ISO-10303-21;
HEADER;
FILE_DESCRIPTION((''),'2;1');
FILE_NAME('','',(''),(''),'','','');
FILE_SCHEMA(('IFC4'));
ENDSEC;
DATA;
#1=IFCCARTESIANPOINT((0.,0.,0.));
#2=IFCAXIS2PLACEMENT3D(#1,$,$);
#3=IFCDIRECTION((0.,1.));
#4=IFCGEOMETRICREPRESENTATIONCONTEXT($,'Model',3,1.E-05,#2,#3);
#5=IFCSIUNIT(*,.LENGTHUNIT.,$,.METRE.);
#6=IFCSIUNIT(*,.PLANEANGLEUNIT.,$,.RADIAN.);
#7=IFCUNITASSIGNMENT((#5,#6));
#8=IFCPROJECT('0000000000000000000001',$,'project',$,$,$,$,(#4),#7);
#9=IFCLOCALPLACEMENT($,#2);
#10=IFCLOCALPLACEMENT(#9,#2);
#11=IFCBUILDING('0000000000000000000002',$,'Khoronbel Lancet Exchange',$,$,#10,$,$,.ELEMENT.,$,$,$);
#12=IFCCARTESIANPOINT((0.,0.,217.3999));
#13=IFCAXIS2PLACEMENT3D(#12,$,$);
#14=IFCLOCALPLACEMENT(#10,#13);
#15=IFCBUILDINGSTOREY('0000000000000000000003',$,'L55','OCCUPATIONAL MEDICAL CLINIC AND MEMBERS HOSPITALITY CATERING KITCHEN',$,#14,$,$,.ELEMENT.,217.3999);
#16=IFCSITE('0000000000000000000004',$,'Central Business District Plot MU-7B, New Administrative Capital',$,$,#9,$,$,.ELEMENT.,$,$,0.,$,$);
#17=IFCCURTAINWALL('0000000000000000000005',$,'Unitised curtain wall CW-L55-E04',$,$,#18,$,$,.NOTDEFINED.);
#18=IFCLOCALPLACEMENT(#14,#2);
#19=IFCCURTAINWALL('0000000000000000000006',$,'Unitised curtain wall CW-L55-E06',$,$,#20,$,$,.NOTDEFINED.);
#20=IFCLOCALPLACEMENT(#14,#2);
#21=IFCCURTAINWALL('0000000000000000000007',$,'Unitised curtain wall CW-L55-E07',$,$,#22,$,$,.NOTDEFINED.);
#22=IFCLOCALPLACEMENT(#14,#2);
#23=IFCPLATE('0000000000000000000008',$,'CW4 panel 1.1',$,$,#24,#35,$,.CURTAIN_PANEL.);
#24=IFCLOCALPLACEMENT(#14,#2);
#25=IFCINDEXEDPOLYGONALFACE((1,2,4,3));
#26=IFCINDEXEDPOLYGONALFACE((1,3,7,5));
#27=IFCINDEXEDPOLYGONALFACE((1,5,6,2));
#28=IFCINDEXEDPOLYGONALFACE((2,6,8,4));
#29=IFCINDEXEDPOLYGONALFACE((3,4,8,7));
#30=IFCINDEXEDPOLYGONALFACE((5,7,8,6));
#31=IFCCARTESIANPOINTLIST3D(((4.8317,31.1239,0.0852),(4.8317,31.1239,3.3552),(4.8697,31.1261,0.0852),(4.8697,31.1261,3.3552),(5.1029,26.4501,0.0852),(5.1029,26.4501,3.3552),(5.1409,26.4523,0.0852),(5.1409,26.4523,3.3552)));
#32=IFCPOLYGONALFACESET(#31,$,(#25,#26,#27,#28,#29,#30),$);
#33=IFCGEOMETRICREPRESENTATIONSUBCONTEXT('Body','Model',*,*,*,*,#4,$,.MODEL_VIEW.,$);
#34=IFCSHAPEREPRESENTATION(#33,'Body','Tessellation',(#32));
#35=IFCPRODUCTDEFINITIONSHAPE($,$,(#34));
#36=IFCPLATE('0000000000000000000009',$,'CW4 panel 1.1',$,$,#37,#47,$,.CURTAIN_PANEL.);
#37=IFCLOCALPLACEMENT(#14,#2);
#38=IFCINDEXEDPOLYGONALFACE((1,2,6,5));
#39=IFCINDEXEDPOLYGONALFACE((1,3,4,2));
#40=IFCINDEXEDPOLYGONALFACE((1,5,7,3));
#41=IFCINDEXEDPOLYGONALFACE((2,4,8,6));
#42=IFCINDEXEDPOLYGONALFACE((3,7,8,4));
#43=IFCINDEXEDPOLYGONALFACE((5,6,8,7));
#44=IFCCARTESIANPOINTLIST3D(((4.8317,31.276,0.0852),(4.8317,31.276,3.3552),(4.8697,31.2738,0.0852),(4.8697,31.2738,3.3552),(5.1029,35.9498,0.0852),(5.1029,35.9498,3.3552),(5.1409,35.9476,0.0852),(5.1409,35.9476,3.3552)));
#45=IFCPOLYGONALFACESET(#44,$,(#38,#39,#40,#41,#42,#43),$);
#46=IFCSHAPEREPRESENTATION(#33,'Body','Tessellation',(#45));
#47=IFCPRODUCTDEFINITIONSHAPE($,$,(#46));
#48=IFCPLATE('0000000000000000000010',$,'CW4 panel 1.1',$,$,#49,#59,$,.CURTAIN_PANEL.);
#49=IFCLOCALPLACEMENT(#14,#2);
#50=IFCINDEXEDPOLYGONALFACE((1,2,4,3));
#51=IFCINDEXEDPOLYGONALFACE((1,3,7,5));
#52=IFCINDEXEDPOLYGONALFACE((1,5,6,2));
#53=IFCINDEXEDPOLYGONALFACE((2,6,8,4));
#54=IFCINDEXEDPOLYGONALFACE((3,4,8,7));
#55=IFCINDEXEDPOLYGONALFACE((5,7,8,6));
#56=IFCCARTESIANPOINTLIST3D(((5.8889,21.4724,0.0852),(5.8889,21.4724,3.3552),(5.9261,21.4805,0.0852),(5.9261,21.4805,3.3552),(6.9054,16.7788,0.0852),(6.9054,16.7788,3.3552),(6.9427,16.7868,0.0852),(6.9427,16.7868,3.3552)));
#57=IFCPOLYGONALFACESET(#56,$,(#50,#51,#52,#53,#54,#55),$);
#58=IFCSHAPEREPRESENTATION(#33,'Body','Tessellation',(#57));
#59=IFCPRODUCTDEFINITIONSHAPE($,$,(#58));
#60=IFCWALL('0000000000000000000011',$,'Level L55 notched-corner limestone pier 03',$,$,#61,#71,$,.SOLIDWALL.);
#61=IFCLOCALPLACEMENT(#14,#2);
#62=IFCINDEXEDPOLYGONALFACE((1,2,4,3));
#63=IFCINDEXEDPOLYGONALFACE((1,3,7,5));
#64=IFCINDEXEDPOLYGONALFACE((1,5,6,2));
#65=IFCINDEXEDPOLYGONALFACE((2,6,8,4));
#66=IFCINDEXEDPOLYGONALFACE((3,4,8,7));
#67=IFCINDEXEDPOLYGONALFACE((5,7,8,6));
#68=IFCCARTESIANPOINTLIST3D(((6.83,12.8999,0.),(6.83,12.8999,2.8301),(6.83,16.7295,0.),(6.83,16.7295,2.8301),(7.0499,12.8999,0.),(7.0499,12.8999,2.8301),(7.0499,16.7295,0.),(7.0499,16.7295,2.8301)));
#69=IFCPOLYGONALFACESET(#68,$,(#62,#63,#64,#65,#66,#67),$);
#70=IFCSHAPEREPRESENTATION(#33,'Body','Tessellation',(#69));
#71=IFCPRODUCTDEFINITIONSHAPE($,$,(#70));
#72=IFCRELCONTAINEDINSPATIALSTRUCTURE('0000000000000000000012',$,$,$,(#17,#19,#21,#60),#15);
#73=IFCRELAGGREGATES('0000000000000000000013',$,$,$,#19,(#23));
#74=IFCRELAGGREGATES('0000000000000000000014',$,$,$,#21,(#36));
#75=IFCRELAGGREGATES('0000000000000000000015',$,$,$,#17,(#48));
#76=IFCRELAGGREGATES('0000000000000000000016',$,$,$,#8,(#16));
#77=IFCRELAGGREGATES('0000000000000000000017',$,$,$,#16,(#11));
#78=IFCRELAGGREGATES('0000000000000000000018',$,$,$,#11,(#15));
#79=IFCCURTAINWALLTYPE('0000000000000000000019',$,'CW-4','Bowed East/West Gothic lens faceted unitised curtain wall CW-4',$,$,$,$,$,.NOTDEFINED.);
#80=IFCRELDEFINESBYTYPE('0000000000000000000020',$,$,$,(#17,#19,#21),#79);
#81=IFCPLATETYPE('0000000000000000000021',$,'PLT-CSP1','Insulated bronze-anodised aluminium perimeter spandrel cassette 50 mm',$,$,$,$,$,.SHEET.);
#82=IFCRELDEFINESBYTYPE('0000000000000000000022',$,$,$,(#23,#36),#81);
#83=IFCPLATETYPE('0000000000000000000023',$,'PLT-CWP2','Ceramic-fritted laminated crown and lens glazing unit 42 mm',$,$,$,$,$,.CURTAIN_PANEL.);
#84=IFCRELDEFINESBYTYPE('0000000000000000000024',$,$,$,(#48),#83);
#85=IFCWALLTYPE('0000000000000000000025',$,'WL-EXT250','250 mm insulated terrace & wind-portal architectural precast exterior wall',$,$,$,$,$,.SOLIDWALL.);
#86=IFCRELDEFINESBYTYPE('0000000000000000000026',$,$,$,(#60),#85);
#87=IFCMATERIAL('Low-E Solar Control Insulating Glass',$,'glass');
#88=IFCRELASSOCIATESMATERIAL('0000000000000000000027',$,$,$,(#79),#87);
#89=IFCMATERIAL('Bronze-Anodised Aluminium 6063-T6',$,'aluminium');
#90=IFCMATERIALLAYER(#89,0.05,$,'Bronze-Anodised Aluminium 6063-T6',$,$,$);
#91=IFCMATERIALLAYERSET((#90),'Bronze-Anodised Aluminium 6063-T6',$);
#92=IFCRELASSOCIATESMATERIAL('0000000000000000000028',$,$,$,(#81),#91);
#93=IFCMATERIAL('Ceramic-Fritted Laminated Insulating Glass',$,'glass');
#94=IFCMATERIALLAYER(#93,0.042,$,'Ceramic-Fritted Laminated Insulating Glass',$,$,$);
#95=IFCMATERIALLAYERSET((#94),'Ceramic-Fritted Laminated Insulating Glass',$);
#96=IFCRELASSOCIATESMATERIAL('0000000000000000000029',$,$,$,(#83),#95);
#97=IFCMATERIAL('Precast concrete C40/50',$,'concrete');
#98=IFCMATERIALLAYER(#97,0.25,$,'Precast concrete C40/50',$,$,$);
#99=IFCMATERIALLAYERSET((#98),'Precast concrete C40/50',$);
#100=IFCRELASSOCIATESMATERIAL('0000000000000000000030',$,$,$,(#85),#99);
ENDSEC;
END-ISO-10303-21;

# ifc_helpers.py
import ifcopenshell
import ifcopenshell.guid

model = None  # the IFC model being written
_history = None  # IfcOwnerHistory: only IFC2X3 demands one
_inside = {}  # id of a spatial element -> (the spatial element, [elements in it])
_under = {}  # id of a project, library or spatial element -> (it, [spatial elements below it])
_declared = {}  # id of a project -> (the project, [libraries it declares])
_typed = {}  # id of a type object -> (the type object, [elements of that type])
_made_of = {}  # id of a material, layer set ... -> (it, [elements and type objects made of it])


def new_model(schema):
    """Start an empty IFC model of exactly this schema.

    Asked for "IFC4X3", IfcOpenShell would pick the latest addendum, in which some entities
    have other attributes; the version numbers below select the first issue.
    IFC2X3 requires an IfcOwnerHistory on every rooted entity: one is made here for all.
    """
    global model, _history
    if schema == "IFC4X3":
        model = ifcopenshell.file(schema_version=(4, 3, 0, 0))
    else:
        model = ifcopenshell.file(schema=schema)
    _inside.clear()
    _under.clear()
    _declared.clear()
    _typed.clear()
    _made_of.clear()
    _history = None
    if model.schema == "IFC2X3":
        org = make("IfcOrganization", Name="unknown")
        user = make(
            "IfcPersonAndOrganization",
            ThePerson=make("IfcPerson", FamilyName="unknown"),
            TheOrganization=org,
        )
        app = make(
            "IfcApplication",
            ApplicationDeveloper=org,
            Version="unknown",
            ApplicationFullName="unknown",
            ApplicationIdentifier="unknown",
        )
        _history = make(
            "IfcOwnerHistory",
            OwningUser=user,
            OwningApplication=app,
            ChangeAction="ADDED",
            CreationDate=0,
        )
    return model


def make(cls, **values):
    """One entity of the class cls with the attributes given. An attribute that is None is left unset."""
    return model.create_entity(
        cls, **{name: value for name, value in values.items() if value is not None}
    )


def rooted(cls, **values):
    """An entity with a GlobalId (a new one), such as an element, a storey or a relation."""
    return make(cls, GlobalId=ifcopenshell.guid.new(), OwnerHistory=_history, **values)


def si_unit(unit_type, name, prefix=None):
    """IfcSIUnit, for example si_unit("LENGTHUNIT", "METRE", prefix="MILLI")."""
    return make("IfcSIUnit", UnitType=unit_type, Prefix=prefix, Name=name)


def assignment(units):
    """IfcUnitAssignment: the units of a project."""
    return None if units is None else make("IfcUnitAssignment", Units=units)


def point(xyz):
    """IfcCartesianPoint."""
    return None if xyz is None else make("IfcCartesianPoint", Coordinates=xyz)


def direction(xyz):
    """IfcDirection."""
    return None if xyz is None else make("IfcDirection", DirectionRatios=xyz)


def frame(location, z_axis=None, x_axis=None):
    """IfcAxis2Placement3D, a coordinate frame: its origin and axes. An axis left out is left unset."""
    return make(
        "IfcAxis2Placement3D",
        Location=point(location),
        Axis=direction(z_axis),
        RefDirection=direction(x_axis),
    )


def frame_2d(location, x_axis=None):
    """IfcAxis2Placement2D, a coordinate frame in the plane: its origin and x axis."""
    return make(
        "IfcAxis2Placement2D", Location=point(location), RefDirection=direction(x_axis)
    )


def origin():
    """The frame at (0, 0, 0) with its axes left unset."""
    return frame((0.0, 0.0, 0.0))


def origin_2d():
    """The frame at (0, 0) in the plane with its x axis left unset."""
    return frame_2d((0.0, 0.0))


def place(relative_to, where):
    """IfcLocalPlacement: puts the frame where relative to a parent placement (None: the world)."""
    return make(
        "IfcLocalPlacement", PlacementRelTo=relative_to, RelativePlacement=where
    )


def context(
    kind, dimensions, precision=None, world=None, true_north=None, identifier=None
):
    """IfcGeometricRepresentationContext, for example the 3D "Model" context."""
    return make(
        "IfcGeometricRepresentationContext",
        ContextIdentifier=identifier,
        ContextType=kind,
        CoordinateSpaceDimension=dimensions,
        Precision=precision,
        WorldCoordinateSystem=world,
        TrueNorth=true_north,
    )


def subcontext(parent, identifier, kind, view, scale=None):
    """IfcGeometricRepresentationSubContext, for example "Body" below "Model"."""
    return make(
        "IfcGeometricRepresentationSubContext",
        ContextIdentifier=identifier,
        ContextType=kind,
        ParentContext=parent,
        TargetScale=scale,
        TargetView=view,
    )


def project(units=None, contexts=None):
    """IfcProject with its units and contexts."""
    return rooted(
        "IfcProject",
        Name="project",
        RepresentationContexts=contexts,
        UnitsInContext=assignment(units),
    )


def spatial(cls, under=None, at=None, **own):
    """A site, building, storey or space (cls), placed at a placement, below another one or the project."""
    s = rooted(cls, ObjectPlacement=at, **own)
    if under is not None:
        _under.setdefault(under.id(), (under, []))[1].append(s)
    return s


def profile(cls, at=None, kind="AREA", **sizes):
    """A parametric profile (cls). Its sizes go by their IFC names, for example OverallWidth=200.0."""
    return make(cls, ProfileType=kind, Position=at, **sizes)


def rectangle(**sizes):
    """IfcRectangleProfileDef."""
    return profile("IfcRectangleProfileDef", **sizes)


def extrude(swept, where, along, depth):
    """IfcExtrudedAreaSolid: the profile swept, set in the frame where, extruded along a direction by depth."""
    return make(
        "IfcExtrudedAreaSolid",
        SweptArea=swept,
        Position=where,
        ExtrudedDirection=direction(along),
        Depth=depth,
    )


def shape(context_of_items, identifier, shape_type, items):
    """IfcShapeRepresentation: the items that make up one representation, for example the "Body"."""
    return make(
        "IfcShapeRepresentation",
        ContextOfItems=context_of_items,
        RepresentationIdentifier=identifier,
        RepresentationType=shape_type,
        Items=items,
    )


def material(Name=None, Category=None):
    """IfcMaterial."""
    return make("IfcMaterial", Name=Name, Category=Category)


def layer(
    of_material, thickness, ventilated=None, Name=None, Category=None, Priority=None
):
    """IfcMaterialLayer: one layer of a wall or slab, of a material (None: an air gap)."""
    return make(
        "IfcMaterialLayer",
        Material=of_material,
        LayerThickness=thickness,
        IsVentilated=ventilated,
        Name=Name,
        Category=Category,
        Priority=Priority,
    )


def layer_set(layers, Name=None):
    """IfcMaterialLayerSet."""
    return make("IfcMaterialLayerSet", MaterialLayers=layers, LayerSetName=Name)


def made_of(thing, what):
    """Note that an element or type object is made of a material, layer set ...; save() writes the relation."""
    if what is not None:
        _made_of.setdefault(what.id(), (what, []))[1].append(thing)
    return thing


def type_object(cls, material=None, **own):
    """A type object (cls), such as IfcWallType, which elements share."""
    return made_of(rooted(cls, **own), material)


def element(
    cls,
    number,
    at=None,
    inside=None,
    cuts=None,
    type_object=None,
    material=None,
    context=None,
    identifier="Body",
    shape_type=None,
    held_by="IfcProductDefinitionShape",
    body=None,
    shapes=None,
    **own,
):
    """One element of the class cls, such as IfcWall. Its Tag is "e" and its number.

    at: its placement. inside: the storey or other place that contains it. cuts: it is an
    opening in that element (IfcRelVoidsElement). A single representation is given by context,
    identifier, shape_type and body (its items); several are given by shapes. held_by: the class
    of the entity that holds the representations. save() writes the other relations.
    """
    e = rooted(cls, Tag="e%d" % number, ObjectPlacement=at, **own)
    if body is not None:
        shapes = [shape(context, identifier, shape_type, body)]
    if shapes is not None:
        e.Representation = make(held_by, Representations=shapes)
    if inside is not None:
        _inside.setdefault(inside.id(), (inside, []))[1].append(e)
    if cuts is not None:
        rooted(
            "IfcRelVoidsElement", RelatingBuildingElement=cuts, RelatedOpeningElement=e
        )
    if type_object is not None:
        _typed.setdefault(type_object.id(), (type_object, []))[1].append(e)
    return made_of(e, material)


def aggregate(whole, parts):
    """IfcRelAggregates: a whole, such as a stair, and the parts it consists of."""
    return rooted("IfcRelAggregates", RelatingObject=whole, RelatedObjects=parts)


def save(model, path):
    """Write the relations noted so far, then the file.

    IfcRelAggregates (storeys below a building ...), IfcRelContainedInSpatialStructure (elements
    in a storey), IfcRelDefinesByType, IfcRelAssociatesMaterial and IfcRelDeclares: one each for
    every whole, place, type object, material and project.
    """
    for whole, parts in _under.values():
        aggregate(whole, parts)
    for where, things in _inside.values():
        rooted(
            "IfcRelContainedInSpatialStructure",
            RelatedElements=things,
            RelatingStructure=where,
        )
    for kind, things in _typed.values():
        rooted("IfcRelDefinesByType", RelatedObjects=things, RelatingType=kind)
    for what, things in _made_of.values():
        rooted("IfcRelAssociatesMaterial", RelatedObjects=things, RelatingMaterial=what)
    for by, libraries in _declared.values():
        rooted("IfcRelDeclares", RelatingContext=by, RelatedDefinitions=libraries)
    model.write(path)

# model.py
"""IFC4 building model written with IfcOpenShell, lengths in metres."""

from ifc_helpers import new_model, si_unit, direction, frame, frame_2d, origin, origin_2d, place, context, subcontext, project, spatial, rectangle, extrude, material, layer, layer_set, type_object, element, aggregate, save


model = new_model("IFC4")

# Units and contexts
model_context = context("Model", 3, precision=1e-05, world=origin(), true_north=direction((0.0, 1.0)))
body_context = subcontext(model_context, "Body", "Model", "MODEL_VIEW")
ifc_project = project(units=[si_unit("LENGTHUNIT", "METRE"), si_unit("PLANEANGLEUNIT", "RADIAN")], contexts=[model_context])

# Site, building, storey
site_placement = place(None, origin())
site = spatial("IfcSite", under=ifc_project, at=site_placement, Name="Central Business District Plot MU-7B, New Administrative Capital", CompositionType="ELEMENT", RefElevation=0.0)
building_placement = place(site_placement, origin())
building = spatial("IfcBuilding", under=site, at=building_placement, Name="Khoronbel Lancet Exchange", CompositionType="ELEMENT")
storey_placement = place(building_placement, frame((0.0, 0.0, 217.3999)))
storey = spatial("IfcBuildingStorey", under=building, at=storey_placement, Name="L55", Description="OCCUPATIONAL MEDICAL CLINIC AND MEMBERS HOSPITALITY CATERING KITCHEN", CompositionType="ELEMENT", Elevation=217.3999)

# Curtain walls
ifc_material_1 = material(Name="Low-E Solar Control Insulating Glass", Category="glass")
curtain_wall_type = type_object("IfcCurtainWallType", Name="CW-4", Description="Bowed East/West Gothic lens faceted unitised curtain wall CW-4", PredefinedType="NOTDEFINED", material=ifc_material_1)
curtain_wall_1_placement = place(storey_placement, origin())
curtain_wall_1 = element("IfcCurtainWall", 1, at=curtain_wall_1_placement, inside=storey, type_object=curtain_wall_type, Name="Unitised curtain wall CW-L55-E04", PredefinedType="NOTDEFINED")
ifc_material_2 = material(Name="Bronze-Anodised Aluminium 6063-T6", Category="aluminium")
curtain_wall_2_placement = place(storey_placement, origin())
curtain_wall_2 = element("IfcCurtainWall", 2, at=curtain_wall_2_placement, inside=storey, type_object=curtain_wall_type, Name="Unitised curtain wall CW-L55-E06", PredefinedType="NOTDEFINED")

# Curtain wall
curtain_wall_3_placement = place(storey_placement, origin())
curtain_wall_3 = element("IfcCurtainWall", 3, at=curtain_wall_3_placement, inside=storey, type_object=curtain_wall_type, Name="Unitised curtain wall CW-L55-E07", PredefinedType="NOTDEFINED")

# Plates
ifc_layer_1 = layer(ifc_material_2, 0.05, Name="Bronze-Anodised Aluminium 6063-T6")
ifc_layer_set_1 = layer_set([ifc_layer_1], Name="Bronze-Anodised Aluminium 6063-T6")
plate_type_1 = type_object("IfcPlateType", Name="PLT-CSP1", Description="Insulated bronze-anodised aluminium perimeter spandrel cassette 50 mm", PredefinedType="SHEET", material=ifc_layer_set_1)
plate_1_placement = place(storey_placement, frame((4.9863, 28.7881, 0.0852), z_axis=(0.0, 0.0, 1.0), x_axis=(-0.05793, 0.998321, 0.0)))
plate_1 = element("IfcPlate", 4, at=plate_1_placement, type_object=plate_type_1, Name="CW4 panel 1.1", PredefinedType="CURTAIN_PANEL", context=body_context, shape_type="SweptSolid", body=[
    extrude(rectangle(XDim=4.6816, YDim=0.0381, at=origin_2d()), origin(), (0.0, 0.0, 1.0), 3.27),
])
aggregate(curtain_wall_2, [plate_1])
plate_2_placement = place(storey_placement, frame((4.9863, 33.6118, 0.0852), z_axis=(0.0, 0.0, 1.0), x_axis=(0.05793, 0.998321, 0.0)))
plate_2 = element("IfcPlate", 5, at=plate_2_placement, type_object=plate_type_1, Name="CW4 panel 1.1", PredefinedType="CURTAIN_PANEL", context=body_context, shape_type="SweptSolid", body=[
    extrude(rectangle(XDim=4.6816, YDim=0.0381, at=origin_2d()), origin(), (0.0, 0.0, 1.0), 3.27),
])
aggregate(curtain_wall_3, [plate_2])
ifc_material_3 = material(Name="Ceramic-Fritted Laminated Insulating Glass", Category="glass")
ifc_layer_2 = layer(ifc_material_3, 0.042, Name="Ceramic-Fritted Laminated Insulating Glass")
ifc_layer_set_2 = layer_set([ifc_layer_2], Name="Ceramic-Fritted Laminated Insulating Glass")
plate_type_2 = type_object("IfcPlateType", Name="PLT-CWP2", Description="Ceramic-fritted laminated crown and lens glazing unit 42 mm", PredefinedType="CURTAIN_PANEL", material=ifc_layer_set_2)
plate_3_placement = place(storey_placement, frame((6.4158, 19.1296, 0.0852), z_axis=(0.0, 0.0, 1.0), x_axis=(-0.21167, 0.977341, 0.0)))
plate_3 = element("IfcPlate", 6, at=plate_3_placement, type_object=plate_type_2, Name="CW4 panel 1.1", PredefinedType="CURTAIN_PANEL", context=body_context, shape_type="SweptSolid", body=[
    extrude(rectangle(XDim=4.8025, YDim=0.0381, at=origin_2d()), origin(), (0.0, 0.0, 1.0), 3.27),
])
aggregate(curtain_wall_1, [plate_3])

# Wall
ifc_material_4 = material(Name="Precast concrete C40/50", Category="concrete")
ifc_layer_3 = layer(ifc_material_4, 0.25, Name="Precast concrete C40/50")
ifc_layer_set_3 = layer_set([ifc_layer_3], Name="Precast concrete C40/50")
wall_type = type_object("IfcWallType", Name="WL-EXT250", Description="250 mm insulated terrace & wind-portal architectural precast exterior wall", PredefinedType="SOLIDWALL", material=ifc_layer_set_3)
wall_placement = place(storey_placement, frame((6.9399, 12.8999, 0.0), z_axis=(0.0, 0.0, 1.0), x_axis=(0.0, 1.0, 0.0)))
element("IfcWall", 7, at=wall_placement, inside=storey, type_object=wall_type, Name="Level L55 notched-corner limestone pier 03", PredefinedType="SOLIDWALL", context=body_context, shape_type="SweptSolid", body=[
    extrude(rectangle(XDim=3.8296, YDim=0.22, at=frame_2d((1.9148, 0.0))), origin(), (0.0, 0.0, 1.0), 2.8301),
])

save(model, "model.ifc")
